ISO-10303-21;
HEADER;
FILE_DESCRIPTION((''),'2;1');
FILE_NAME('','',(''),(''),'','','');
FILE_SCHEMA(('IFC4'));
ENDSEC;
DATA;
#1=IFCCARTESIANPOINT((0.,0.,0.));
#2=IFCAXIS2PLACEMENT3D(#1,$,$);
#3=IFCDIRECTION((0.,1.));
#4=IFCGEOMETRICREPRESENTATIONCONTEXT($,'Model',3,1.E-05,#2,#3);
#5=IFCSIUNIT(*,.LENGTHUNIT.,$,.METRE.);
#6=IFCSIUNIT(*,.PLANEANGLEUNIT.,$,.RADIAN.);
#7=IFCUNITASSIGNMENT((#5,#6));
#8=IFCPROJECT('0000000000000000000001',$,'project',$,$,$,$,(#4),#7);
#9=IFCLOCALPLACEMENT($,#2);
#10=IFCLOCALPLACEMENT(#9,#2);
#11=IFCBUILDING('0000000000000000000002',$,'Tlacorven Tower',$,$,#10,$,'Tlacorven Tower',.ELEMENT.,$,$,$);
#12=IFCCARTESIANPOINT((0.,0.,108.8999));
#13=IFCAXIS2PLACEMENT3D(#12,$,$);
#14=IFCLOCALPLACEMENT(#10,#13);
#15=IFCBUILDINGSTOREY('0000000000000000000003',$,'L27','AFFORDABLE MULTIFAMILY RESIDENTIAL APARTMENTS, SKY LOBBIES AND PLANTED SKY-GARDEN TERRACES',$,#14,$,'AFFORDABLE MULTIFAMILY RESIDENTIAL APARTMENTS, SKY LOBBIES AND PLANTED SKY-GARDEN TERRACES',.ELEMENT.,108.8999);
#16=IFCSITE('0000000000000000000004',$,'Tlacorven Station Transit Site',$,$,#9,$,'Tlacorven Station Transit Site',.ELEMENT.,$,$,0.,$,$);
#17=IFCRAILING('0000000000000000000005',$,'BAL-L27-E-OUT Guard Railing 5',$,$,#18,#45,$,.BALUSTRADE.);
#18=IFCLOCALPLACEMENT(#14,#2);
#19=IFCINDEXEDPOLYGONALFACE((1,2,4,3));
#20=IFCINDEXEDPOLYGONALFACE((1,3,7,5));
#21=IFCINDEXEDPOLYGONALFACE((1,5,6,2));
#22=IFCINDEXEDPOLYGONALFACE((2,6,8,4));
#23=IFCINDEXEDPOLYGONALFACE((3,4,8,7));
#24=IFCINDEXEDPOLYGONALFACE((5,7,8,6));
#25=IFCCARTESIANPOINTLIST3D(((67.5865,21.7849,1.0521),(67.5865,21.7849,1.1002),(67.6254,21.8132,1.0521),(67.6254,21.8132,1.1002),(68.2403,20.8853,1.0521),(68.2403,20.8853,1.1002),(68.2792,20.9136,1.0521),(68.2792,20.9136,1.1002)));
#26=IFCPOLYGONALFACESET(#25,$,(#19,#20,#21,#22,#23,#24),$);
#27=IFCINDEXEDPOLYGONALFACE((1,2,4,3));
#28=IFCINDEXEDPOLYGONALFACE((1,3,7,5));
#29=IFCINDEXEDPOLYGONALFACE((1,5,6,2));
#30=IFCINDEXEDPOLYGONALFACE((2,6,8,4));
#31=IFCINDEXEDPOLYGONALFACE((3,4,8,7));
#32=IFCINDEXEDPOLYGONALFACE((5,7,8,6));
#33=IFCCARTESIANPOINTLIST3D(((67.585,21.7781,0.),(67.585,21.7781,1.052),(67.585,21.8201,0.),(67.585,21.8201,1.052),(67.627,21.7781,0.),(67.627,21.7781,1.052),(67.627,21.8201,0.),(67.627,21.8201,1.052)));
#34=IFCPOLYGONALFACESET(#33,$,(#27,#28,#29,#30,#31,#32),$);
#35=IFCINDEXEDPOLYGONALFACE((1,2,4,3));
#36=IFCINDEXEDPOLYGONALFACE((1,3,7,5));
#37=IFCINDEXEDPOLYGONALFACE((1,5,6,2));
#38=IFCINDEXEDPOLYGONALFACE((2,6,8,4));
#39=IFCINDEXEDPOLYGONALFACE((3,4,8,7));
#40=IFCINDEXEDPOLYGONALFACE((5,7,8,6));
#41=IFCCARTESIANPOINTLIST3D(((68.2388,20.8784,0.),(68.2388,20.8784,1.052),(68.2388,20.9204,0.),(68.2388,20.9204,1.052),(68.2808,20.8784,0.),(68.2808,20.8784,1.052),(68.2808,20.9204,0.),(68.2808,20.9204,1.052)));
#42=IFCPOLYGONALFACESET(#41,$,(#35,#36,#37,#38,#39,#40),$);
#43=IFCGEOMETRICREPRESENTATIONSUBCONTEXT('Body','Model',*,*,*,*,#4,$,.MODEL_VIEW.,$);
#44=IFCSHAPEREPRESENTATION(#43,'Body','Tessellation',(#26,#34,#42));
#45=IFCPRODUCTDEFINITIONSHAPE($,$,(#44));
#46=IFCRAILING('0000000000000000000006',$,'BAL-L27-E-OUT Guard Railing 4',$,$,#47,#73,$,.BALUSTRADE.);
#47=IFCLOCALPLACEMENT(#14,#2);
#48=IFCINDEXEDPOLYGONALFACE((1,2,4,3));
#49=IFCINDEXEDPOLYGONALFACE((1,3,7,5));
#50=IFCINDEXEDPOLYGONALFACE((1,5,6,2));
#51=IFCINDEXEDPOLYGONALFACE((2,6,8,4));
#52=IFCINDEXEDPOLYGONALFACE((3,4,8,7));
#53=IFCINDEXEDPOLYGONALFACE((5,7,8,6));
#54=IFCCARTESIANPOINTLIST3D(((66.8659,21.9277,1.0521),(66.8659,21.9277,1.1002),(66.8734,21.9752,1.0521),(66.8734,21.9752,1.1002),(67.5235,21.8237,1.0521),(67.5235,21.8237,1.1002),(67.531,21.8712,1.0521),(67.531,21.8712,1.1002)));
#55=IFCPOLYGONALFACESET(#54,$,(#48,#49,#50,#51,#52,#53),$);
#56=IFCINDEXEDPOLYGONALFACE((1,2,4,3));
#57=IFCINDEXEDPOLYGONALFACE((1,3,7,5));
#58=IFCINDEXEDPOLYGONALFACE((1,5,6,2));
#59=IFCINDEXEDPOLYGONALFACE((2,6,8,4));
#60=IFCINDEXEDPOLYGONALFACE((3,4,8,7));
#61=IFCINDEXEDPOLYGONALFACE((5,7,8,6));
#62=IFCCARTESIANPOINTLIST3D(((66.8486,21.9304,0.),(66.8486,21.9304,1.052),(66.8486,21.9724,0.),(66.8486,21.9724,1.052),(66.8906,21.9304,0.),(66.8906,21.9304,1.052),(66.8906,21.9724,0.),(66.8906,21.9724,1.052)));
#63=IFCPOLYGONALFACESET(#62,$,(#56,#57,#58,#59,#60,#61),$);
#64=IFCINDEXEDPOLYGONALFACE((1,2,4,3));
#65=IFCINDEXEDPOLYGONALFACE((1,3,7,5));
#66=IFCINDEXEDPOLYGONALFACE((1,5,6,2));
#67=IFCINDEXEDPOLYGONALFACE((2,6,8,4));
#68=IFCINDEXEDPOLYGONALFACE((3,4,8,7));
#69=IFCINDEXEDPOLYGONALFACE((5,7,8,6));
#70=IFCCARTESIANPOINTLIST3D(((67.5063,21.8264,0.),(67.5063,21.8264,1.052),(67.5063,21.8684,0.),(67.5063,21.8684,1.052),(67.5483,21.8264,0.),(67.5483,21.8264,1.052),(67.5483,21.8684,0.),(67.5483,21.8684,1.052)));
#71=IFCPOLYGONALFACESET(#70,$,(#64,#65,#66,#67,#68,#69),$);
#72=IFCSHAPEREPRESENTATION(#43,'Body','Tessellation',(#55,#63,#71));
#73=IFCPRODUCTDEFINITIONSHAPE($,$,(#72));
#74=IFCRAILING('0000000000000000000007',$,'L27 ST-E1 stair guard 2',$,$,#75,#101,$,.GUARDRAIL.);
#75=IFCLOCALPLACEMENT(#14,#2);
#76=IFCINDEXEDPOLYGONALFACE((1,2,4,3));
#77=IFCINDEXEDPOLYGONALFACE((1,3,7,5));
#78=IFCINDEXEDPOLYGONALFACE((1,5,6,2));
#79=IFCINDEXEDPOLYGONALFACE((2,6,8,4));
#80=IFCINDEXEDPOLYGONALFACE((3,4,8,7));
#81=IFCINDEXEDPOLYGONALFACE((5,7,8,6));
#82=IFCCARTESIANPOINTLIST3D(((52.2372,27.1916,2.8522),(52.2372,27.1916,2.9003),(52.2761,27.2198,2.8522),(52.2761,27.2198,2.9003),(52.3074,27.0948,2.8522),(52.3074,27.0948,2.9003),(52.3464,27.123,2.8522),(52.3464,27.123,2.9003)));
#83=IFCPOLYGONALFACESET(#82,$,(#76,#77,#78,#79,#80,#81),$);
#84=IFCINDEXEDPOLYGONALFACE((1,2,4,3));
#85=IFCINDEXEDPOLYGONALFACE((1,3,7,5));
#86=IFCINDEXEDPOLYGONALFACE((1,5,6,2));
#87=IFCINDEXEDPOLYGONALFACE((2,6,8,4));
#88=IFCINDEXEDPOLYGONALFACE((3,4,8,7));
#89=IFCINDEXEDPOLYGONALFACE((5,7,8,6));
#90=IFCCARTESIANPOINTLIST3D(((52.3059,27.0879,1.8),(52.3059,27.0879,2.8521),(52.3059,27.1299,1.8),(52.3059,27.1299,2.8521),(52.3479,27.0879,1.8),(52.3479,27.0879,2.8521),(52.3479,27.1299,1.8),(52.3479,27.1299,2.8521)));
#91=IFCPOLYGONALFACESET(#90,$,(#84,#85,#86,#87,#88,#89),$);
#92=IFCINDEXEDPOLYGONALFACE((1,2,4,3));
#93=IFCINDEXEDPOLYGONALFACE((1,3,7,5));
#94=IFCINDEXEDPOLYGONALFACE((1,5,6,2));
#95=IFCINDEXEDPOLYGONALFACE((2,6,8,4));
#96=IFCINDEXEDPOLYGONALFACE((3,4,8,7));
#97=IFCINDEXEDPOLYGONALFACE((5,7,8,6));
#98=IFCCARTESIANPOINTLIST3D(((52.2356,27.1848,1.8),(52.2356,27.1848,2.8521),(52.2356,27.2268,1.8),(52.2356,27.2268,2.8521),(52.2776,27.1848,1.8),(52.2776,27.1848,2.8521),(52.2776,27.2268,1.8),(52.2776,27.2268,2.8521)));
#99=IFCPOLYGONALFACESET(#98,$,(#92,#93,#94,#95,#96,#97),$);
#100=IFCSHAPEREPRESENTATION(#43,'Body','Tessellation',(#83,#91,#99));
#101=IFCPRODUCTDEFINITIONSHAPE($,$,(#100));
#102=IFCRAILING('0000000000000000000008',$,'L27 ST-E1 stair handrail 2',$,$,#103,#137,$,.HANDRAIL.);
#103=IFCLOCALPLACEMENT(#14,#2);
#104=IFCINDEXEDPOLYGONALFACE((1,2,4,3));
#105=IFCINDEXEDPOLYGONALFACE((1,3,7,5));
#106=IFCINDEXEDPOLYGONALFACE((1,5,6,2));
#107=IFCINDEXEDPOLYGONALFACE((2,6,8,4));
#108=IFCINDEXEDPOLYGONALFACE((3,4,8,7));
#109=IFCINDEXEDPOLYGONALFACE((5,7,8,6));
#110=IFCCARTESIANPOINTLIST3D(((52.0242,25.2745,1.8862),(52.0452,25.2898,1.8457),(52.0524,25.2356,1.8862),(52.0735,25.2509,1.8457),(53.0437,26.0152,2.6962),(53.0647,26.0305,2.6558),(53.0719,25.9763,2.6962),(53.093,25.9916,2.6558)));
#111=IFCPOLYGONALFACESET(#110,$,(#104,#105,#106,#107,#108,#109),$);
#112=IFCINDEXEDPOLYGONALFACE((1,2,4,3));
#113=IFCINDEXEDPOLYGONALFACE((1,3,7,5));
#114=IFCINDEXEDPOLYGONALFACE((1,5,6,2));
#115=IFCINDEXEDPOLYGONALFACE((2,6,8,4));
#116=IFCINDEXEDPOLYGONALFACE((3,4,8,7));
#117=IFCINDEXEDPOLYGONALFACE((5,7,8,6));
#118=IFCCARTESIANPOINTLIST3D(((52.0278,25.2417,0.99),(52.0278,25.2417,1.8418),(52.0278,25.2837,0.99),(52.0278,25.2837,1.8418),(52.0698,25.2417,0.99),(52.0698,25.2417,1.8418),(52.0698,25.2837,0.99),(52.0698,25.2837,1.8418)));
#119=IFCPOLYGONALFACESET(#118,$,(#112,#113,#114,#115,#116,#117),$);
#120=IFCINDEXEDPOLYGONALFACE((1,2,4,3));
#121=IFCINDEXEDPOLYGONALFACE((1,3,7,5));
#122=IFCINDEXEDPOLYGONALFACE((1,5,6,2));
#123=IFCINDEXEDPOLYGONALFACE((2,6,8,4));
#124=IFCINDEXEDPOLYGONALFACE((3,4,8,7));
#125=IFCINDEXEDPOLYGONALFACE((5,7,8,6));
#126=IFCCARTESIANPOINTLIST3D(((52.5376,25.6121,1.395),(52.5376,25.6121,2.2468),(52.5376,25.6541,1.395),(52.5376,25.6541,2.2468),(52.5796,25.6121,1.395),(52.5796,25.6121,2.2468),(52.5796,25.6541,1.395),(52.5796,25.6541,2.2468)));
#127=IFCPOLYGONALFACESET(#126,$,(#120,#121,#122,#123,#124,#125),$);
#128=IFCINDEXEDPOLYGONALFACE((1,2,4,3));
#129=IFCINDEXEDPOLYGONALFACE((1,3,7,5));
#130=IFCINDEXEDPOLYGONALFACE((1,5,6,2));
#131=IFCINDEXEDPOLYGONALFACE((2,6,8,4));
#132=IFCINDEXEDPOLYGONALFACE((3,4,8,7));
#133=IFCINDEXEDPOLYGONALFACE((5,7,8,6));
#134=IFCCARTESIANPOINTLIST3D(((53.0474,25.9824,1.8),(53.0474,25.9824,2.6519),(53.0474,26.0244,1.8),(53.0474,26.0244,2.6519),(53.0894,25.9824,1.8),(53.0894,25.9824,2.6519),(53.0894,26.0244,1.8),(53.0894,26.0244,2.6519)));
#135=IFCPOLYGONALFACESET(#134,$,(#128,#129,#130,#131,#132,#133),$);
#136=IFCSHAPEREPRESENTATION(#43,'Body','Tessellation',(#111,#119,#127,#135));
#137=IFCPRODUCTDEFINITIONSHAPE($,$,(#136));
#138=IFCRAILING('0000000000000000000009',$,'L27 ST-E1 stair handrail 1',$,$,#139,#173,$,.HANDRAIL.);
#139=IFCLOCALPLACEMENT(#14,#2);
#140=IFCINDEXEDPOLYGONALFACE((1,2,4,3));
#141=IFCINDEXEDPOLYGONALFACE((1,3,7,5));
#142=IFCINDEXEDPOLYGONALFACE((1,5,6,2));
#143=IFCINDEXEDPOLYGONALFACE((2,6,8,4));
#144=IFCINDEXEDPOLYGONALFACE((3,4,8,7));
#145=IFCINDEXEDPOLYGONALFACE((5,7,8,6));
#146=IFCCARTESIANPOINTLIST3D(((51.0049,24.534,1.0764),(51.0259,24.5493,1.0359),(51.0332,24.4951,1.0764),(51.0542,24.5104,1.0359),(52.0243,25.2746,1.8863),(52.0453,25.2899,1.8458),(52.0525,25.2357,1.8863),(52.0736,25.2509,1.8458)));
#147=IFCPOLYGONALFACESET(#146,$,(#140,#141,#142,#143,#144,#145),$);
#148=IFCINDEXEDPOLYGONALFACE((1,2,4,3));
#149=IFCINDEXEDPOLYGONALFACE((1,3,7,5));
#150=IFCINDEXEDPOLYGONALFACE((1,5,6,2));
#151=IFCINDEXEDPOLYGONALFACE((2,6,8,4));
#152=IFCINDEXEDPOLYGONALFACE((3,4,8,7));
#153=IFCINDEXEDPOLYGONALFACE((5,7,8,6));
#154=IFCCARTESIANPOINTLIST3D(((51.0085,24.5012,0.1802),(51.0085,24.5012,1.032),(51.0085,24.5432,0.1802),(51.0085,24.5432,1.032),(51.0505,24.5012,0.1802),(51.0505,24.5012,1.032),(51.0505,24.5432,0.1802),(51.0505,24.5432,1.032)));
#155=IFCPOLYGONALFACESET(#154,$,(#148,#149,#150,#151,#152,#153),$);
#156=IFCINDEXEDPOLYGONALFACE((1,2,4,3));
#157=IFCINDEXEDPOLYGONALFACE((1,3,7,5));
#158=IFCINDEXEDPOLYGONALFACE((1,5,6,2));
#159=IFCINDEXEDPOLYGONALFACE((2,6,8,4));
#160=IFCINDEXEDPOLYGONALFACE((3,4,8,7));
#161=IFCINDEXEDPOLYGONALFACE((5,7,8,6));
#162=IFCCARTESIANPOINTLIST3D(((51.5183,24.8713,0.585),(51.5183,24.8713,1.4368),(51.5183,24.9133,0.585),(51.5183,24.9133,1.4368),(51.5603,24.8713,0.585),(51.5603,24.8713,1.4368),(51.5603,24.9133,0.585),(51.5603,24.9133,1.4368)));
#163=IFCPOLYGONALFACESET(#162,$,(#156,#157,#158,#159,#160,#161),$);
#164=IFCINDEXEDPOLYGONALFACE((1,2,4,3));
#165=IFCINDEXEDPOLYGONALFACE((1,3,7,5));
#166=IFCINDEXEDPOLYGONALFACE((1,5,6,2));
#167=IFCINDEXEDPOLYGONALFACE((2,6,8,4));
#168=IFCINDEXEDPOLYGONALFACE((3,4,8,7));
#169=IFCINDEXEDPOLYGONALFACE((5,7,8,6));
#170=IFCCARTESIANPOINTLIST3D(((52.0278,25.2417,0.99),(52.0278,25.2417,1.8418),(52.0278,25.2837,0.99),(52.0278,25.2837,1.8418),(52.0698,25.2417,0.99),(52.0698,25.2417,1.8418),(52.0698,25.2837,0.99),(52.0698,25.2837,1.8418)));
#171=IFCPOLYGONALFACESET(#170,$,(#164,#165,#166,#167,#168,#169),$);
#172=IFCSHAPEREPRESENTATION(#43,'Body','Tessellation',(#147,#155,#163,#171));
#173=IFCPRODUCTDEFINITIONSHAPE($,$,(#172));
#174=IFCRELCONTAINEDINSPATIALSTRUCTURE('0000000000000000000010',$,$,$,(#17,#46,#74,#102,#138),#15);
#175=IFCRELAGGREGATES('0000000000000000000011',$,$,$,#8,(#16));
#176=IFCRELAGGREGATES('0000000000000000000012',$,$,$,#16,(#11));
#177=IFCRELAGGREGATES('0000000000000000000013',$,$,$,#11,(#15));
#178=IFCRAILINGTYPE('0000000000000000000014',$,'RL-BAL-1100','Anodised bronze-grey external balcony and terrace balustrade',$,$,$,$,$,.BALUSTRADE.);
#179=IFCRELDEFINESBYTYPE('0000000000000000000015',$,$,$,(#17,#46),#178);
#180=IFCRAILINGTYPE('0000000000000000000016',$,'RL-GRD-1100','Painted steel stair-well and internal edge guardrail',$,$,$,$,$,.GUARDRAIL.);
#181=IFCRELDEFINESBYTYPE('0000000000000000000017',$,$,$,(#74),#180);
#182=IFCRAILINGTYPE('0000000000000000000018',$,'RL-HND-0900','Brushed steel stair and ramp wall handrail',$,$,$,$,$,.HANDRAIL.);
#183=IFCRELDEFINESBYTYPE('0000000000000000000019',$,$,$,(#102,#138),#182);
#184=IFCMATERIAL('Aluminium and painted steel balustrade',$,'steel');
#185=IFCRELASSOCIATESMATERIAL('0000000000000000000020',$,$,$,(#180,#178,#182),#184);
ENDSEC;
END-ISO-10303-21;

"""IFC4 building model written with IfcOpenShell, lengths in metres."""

from ifc_helpers import new_model, si_unit, direction, frame, origin, origin_2d, place, context, subcontext, project, spatial, rectangle, extrude, source, transform, mapped, material, type_object, element, save


model = new_model("IFC4")

# Units and contexts
model_context = context("Model", 3, precision=1e-05, world=origin(), true_north=direction((0.0, 1.0)))
body_context = subcontext(model_context, "Body", "Model", "MODEL_VIEW")
ifc_project = project(units=[si_unit("LENGTHUNIT", "METRE"), si_unit("PLANEANGLEUNIT", "RADIAN")], contexts=[model_context])

# Site, building, storey
site_placement = place(None, origin())
site = spatial("IfcSite", under=ifc_project, at=site_placement, Name="Tlacorven Station Transit Site", LongName="Tlacorven Station Transit Site", CompositionType="ELEMENT", RefElevation=0.0)
building_placement = place(site_placement, origin())
building = spatial("IfcBuilding", under=site, at=building_placement, Name="Tlacorven Tower", LongName="Tlacorven Tower", CompositionType="ELEMENT")
storey_placement = place(building_placement, frame((0.0, 0.0, 108.8999)))
storey = spatial("IfcBuildingStorey", under=building, at=storey_placement, Name="L27", Description="AFFORDABLE MULTIFAMILY RESIDENTIAL APARTMENTS, SKY LOBBIES AND PLANTED SKY-GARDEN TERRACES", LongName="AFFORDABLE MULTIFAMILY RESIDENTIAL APARTMENTS, SKY LOBBIES AND PLANTED SKY-GARDEN TERRACES", CompositionType="ELEMENT", Elevation=108.8999)

# Railings
ifc_material_1 = material(Name="Aluminium and painted steel balustrade", Category="steel")
railing_type_1 = type_object("IfcRailingType", Name="RL-GRD-1100", Description="Painted steel stair-well and internal edge guardrail", PredefinedType="GUARDRAIL", material=ifc_material_1)
railing_type_2 = type_object("IfcRailingType", Name="RL-BAL-1100", Description="Anodised bronze-grey external balcony and terrace balustrade", PredefinedType="BALUSTRADE", material=ifc_material_1)
shared_shape_1 = source(origin(), body_context, "Body", "SweptSolid", [
    extrude(rectangle(XDim=0.0481, YDim=0.0481, at=origin_2d()), frame((0.0, 0.0, 1.0762), z_axis=(0.587884, -0.808945, 0.0), x_axis=(0.808945, 0.587884, 0.0)), (0.0, 0.0, 1.0), 1.1121),
    extrude(rectangle(XDim=0.042, YDim=0.042, at=origin_2d()), origin(), (0.0, 0.0, 1.0), 1.052),
    extrude(rectangle(XDim=0.042, YDim=0.042, at=origin_2d()), frame((0.6538, -0.8997, 0.0)), (0.0, 0.0, 1.0), 1.052),
])
railing_1_placement = place(storey_placement, frame((67.606, 21.7991, 0.0)))
element("IfcRailing", 1, at=railing_1_placement, inside=storey, type_object=railing_type_2, Name="BAL-L27-E-OUT Guard Railing 5", PredefinedType="BALUSTRADE", context=body_context, shape_type="MappedRepresentation", body=[
    mapped(shared_shape_1, transform((0.0, 0.0, 0.0), scale=1.0)),
])
shared_shape_2 = source(origin(), body_context, "Body", "SweptSolid", [
    extrude(rectangle(XDim=0.0481, YDim=0.0481, at=origin_2d()), frame((0.0, 0.0, 1.0762), z_axis=(0.987727, -0.156188, 0.0), x_axis=(0.156188, 0.987727, 0.0)), (0.0, 0.0, 1.0), 0.6658),
    extrude(rectangle(XDim=0.042, YDim=0.042, at=origin_2d()), origin(), (0.0, 0.0, 1.0), 1.052),
    extrude(rectangle(XDim=0.042, YDim=0.042, at=origin_2d()), frame((0.6577, -0.104, 0.0)), (0.0, 0.0, 1.0), 1.052),
])
railing_2_placement = place(storey_placement, frame((66.8696, 21.9514, 0.0)))
element("IfcRailing", 2, at=railing_2_placement, inside=storey, type_object=railing_type_2, Name="BAL-L27-E-OUT Guard Railing 4", PredefinedType="BALUSTRADE", context=body_context, shape_type="MappedRepresentation", body=[
    mapped(shared_shape_2, transform((0.0, 0.0, 0.0), scale=1.0)),
])
shared_shape_3 = source(origin(), body_context, "Body", "SweptSolid", [
    extrude(rectangle(XDim=0.0481, YDim=0.0481, at=origin_2d()), frame((0.0, 0.0, 1.0762), z_axis=(-0.587201, 0.809441, 0.0), x_axis=(-0.809441, -0.587201, 0.0)), (0.0, 0.0, 1.0), 0.1196),
    extrude(rectangle(XDim=0.042, YDim=0.042, at=origin_2d()), origin(), (0.0, 0.0, 1.0), 1.052),
    extrude(rectangle(XDim=0.042, YDim=0.042, at=origin_2d()), frame((-0.0703, 0.0969, 0.0)), (0.0, 0.0, 1.0), 1.052),
])
railing_3_placement = place(storey_placement, frame((52.3269, 27.1089, 1.8)))
element("IfcRailing", 3, at=railing_3_placement, inside=storey, type_object=railing_type_1, Name="L27 ST-E1 stair guard 2", PredefinedType="GUARDRAIL", context=body_context, shape_type="MappedRepresentation", body=[
    mapped(shared_shape_3, transform((0.0, 0.0, 0.0), scale=1.0)),
])
railing_type_3 = type_object("IfcRailingType", Name="RL-HND-0900", Description="Brushed steel stair and ramp wall handrail", PredefinedType="HANDRAIL", material=ifc_material_1)
shared_shape_4 = source(origin(), body_context, "Body", "SweptSolid", [
    extrude(rectangle(XDim=0.0481, YDim=0.0481, at=origin_2d()), frame((0.0, 0.0, 0.876), z_axis=(0.680549, 0.494441, 0.540723), x_axis=(-0.58778, 0.809021, 0.0)), (0.0, 0.0, 1.0), 1.498),
    extrude(rectangle(XDim=0.042, YDim=0.042, at=origin_2d()), origin(), (0.0, 0.0, 1.0), 0.8518),
    extrude(rectangle(XDim=0.042, YDim=0.042, at=origin_2d()), frame((0.5098, 0.3704, 0.405)), (0.0, 0.0, 1.0), 0.8518),
    extrude(rectangle(XDim=0.042, YDim=0.042, at=origin_2d()), frame((1.0195, 0.7407, 0.8101)), (0.0, 0.0, 1.0), 0.8518),
])
railing_4_placement = place(storey_placement, frame((52.0488, 25.2627, 0.99)))
element("IfcRailing", 4, at=railing_4_placement, inside=storey, type_object=railing_type_3, Name="L27 ST-E1 stair handrail 2", PredefinedType="HANDRAIL", context=body_context, shape_type="MappedRepresentation", body=[
    mapped(shared_shape_4, transform((0.0, 0.0, 0.0), scale=1.0)),
])
shared_shape_5 = source(origin(), body_context, "Body", "SweptSolid", [
    extrude(rectangle(XDim=0.0481, YDim=0.0481, at=origin_2d()), frame((0.0, 0.0, 0.876), z_axis=(0.680576, 0.494416, 0.540712), x_axis=(-0.587745, 0.809046, 0.0)), (0.0, 0.0, 1.0), 1.4978),
    extrude(rectangle(XDim=0.042, YDim=0.042, at=origin_2d()), origin(), (0.0, 0.0, 1.0), 0.8518),
    extrude(rectangle(XDim=0.042, YDim=0.042, at=origin_2d()), frame((0.5098, 0.3701, 0.4048)), (0.0, 0.0, 1.0), 0.8518),
    extrude(rectangle(XDim=0.042, YDim=0.042, at=origin_2d()), frame((1.0193, 0.7405, 0.8098)), (0.0, 0.0, 1.0), 0.8518),
])
railing_5_placement = place(storey_placement, frame((51.0295, 24.5222, 0.1802)))
element("IfcRailing", 5, at=railing_5_placement, inside=storey, type_object=railing_type_3, Name="L27 ST-E1 stair handrail 1", PredefinedType="HANDRAIL", context=body_context, shape_type="MappedRepresentation", body=[
    mapped(shared_shape_5, transform((0.0, 0.0, 0.0), scale=1.0)),
])

save(model, "model.ifc")
